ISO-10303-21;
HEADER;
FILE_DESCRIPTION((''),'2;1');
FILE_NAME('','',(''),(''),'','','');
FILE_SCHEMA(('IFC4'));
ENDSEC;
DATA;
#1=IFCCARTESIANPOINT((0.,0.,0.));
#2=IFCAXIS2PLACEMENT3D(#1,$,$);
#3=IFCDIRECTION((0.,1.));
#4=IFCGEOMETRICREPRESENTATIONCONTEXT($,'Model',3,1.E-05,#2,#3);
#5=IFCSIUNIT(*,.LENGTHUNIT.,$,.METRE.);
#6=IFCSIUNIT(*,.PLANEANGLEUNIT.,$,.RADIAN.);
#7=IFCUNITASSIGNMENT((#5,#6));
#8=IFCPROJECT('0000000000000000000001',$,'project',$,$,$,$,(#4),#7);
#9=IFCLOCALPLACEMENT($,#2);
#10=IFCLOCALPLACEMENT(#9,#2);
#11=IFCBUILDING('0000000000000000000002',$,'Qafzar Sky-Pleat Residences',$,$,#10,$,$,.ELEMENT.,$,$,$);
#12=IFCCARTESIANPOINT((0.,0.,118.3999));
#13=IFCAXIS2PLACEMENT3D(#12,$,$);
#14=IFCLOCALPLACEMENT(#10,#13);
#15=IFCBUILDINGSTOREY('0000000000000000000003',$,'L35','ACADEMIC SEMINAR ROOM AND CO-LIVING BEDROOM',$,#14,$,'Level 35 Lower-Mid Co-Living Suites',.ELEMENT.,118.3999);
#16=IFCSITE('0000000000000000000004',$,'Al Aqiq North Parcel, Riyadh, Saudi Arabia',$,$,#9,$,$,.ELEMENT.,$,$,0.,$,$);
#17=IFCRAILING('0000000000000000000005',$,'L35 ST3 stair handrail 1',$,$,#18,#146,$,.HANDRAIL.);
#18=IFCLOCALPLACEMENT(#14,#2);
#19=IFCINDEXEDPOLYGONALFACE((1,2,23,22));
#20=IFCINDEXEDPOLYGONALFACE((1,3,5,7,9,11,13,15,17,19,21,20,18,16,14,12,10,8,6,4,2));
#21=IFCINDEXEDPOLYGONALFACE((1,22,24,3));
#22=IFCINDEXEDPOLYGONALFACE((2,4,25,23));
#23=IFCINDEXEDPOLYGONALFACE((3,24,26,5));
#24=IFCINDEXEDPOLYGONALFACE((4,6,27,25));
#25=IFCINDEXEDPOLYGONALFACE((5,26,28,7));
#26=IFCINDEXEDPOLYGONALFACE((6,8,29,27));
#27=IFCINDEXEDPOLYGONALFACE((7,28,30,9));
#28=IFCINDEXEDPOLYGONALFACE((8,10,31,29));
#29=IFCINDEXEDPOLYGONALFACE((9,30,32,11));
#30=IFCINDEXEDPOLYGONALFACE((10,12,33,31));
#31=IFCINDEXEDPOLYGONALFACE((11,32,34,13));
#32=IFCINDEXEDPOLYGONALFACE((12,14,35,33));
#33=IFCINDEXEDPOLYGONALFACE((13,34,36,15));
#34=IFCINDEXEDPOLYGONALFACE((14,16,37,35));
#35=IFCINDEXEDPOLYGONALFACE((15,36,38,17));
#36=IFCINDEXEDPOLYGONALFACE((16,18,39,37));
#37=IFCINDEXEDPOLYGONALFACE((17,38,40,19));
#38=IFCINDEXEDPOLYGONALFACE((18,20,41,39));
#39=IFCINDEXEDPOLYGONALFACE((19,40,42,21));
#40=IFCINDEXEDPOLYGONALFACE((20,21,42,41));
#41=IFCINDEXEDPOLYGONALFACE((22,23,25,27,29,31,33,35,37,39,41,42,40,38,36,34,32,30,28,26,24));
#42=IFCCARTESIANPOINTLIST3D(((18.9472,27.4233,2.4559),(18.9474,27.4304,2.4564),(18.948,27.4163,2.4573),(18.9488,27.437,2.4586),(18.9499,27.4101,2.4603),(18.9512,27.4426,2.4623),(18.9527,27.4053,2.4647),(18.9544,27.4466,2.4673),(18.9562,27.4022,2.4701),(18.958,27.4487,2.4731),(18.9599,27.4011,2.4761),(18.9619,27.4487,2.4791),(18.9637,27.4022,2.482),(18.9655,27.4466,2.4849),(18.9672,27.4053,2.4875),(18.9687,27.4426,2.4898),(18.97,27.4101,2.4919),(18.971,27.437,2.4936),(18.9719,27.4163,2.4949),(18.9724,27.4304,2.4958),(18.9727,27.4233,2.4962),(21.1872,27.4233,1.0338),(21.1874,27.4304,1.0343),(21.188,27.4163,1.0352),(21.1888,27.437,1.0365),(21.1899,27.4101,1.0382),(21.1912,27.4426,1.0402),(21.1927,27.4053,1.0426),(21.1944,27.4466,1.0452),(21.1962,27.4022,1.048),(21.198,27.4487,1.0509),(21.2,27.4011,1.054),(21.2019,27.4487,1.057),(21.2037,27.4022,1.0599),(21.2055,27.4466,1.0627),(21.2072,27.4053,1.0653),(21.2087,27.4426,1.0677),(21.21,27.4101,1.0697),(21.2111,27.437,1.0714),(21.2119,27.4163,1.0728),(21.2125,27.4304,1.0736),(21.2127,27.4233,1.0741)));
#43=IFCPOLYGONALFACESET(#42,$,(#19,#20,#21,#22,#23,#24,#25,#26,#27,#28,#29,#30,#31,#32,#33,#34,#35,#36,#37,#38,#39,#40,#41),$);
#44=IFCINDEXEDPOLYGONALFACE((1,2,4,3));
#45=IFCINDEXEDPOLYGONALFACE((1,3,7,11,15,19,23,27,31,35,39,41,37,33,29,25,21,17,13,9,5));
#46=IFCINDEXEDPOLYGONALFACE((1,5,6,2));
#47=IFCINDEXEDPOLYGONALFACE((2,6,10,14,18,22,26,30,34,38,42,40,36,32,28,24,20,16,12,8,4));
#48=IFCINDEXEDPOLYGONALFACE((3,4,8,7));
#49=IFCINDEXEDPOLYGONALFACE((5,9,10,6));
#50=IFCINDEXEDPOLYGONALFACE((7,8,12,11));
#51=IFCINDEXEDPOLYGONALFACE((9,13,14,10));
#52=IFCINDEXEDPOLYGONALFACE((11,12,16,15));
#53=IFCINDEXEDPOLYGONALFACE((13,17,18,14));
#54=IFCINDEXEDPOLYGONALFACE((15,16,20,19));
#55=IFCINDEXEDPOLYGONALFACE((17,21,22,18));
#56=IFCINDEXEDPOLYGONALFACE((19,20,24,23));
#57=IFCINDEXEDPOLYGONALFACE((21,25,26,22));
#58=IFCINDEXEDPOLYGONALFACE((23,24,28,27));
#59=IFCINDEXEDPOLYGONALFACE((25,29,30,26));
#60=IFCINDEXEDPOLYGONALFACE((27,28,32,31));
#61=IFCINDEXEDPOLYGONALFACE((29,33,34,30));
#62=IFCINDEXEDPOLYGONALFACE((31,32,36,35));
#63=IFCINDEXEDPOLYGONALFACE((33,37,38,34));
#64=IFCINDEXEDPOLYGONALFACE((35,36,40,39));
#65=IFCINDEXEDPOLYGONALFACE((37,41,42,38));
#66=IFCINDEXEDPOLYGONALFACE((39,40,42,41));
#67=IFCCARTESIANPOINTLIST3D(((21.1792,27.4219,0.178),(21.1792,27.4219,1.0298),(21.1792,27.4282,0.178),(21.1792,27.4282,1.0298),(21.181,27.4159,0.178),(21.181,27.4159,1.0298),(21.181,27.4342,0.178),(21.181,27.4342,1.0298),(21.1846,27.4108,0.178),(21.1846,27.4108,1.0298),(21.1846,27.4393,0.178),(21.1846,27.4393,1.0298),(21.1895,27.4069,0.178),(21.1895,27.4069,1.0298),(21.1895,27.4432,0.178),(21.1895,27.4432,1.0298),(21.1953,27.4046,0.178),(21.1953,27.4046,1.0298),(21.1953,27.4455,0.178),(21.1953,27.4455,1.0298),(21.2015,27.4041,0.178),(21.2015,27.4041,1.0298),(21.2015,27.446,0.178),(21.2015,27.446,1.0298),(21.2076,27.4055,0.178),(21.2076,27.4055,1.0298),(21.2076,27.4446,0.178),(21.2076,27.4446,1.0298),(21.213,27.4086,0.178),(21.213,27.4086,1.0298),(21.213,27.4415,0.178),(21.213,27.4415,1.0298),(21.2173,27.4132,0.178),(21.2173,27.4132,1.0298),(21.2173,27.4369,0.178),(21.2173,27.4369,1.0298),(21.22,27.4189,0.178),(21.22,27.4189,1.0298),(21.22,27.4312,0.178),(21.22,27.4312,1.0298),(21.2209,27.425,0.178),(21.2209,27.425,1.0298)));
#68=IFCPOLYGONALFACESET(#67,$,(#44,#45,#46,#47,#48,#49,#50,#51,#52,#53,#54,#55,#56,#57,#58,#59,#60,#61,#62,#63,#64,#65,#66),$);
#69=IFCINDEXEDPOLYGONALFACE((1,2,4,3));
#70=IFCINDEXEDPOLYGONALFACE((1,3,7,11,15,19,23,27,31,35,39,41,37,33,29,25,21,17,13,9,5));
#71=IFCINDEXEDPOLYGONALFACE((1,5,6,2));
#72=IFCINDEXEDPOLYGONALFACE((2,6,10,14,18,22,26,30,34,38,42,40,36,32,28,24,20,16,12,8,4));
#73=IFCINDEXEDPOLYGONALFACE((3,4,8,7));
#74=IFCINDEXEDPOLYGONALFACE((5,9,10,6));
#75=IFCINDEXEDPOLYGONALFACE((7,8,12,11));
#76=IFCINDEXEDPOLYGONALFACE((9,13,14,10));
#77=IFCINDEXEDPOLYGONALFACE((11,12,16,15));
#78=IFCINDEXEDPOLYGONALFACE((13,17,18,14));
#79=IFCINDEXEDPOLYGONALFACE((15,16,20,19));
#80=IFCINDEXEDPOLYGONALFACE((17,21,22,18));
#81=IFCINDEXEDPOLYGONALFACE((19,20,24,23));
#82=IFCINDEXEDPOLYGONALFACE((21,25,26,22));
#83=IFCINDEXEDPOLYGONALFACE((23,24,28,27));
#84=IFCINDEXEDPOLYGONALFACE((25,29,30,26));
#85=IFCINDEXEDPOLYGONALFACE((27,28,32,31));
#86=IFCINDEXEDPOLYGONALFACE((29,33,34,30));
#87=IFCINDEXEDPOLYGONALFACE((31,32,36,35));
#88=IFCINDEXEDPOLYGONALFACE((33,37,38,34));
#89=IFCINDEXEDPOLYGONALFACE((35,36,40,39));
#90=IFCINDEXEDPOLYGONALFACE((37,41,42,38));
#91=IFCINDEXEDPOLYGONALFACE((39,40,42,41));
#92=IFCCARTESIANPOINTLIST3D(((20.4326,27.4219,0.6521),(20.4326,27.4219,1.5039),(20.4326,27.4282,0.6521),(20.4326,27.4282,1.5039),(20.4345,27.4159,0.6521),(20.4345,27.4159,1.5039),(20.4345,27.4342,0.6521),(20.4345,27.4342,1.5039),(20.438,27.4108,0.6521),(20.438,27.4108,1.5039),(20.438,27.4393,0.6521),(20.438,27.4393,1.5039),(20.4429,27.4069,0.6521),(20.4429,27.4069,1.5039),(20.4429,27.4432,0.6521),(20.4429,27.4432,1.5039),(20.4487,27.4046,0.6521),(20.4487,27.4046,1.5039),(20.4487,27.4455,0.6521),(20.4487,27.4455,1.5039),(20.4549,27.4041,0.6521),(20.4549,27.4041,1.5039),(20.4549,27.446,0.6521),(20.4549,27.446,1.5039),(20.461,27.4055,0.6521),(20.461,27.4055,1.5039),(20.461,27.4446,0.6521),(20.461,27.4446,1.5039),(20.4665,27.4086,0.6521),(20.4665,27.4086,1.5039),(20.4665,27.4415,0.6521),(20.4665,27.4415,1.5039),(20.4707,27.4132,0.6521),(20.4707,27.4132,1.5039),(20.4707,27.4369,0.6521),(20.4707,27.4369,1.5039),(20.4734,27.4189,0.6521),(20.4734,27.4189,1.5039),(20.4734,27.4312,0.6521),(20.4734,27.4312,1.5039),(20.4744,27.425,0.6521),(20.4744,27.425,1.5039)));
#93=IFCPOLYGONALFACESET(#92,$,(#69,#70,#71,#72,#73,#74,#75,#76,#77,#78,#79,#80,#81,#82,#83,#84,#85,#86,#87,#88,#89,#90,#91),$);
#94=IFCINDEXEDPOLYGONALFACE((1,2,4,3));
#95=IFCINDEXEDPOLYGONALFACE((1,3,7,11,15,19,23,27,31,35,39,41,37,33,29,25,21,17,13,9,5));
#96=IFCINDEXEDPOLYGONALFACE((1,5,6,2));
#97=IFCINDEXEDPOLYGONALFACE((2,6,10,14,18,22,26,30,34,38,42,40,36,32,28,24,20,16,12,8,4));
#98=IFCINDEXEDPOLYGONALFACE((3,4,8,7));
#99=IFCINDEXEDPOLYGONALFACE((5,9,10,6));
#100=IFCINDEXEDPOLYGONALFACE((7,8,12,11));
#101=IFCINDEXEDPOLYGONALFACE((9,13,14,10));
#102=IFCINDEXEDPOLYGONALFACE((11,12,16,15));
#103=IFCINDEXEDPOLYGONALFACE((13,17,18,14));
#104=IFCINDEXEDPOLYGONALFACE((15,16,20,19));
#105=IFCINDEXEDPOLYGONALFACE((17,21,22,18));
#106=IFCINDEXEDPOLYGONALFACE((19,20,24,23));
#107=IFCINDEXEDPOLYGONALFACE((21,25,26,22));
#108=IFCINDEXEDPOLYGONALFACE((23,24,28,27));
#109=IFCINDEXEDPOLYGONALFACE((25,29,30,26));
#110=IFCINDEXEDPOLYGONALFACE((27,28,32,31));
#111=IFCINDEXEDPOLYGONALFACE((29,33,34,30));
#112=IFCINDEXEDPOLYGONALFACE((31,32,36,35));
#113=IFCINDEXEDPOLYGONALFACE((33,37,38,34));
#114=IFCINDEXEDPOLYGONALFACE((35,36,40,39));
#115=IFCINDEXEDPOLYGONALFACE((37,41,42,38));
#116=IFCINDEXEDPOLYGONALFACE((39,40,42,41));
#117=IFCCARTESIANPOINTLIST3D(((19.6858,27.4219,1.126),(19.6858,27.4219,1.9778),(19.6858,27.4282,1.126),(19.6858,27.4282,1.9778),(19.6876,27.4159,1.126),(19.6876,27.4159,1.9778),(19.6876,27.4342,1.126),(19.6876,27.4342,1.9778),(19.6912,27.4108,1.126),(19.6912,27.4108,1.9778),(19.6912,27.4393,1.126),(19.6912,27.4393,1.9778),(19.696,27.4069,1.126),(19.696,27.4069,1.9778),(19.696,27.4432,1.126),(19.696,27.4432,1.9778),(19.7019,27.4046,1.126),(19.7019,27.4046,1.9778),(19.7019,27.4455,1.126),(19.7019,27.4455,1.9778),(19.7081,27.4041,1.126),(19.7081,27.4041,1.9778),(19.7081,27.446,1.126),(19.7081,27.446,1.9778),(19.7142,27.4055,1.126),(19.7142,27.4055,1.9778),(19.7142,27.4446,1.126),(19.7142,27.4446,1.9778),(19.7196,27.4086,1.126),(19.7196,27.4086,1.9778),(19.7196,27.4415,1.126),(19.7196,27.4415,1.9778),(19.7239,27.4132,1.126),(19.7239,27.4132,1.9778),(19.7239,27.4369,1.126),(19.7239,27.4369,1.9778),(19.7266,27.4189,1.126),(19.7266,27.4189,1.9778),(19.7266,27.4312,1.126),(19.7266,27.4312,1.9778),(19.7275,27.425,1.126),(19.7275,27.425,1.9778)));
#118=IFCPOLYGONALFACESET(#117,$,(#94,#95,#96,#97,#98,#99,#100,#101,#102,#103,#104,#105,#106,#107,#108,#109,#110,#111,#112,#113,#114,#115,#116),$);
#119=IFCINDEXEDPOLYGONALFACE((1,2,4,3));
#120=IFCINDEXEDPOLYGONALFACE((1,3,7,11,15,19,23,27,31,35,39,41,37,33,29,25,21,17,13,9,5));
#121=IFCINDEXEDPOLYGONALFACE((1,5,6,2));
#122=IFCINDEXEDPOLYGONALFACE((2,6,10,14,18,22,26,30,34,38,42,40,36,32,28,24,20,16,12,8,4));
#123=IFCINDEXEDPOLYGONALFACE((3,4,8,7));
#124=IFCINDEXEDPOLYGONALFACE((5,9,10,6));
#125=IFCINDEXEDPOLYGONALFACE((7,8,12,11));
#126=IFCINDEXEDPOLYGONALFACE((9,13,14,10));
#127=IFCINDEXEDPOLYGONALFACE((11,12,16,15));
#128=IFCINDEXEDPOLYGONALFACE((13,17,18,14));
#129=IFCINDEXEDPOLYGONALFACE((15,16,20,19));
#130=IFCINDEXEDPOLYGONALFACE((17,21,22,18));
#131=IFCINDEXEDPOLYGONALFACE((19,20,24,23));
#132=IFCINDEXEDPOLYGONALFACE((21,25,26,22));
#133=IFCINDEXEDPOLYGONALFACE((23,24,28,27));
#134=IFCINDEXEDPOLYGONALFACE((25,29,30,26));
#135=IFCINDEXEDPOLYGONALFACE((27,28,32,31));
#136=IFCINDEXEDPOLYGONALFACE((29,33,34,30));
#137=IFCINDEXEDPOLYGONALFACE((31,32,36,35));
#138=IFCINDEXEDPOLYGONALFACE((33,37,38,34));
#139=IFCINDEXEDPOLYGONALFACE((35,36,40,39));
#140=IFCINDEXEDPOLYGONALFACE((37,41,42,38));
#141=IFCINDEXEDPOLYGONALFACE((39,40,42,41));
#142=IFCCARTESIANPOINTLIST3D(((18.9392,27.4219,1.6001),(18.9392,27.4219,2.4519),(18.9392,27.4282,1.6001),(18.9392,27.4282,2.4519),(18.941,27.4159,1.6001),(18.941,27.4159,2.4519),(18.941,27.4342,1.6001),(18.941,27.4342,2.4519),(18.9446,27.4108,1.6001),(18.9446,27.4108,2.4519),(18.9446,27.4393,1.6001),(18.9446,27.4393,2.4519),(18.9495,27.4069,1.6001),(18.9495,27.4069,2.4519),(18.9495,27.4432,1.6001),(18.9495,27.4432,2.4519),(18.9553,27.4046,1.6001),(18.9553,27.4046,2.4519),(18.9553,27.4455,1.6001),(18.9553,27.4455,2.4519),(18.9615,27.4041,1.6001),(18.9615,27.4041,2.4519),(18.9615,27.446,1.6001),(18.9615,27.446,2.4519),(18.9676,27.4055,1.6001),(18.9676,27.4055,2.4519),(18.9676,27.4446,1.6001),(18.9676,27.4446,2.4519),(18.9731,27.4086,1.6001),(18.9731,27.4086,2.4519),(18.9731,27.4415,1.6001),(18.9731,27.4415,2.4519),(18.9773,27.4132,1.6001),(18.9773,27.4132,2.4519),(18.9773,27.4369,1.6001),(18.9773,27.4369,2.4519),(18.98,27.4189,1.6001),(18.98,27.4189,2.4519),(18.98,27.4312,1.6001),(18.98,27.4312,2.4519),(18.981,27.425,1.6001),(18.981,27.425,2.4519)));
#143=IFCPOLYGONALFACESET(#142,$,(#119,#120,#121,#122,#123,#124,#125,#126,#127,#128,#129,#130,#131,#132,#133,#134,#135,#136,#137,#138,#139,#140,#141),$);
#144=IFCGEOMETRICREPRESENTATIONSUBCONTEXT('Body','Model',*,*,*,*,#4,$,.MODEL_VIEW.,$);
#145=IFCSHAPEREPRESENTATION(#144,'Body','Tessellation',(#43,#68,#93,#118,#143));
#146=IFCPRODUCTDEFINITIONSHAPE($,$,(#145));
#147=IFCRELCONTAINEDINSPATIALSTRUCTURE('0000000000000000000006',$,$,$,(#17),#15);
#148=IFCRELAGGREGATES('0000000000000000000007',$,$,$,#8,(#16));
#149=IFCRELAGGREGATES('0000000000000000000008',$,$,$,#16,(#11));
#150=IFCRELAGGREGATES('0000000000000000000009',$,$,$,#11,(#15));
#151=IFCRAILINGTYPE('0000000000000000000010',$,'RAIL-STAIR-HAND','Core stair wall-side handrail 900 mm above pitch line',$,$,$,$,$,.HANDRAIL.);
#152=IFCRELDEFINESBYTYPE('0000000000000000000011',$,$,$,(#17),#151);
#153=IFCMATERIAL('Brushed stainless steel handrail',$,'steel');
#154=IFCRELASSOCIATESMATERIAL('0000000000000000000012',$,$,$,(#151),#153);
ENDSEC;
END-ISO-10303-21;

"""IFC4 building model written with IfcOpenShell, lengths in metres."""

from ifc_helpers import new_model, si_unit, direction, frame, origin, origin_2d, place, context, subcontext, project, spatial, circle, extrude, source, transform, mapped, material, type_object, element, save


model = new_model("IFC4")

# Units and contexts
model_context = context("Model", 3, precision=1e-05, world=origin(), true_north=direction((0.0, 1.0)))
body_context = subcontext(model_context, "Body", "Model", "MODEL_VIEW")
ifc_project = project(units=[si_unit("LENGTHUNIT", "METRE"), si_unit("PLANEANGLEUNIT", "RADIAN")], contexts=[model_context])

# Site, building, storey
site_placement = place(None, origin())
site = spatial("IfcSite", under=ifc_project, at=site_placement, Name="Al Aqiq North Parcel, Riyadh, Saudi Arabia", CompositionType="ELEMENT", RefElevation=0.0)
building_placement = place(site_placement, origin())
building = spatial("IfcBuilding", under=site, at=building_placement, Name="Qafzar Sky-Pleat Residences", CompositionType="ELEMENT")
storey_placement = place(building_placement, frame((0.0, 0.0, 118.3999)))
storey = spatial("IfcBuildingStorey", under=building, at=storey_placement, Name="L35", Description="ACADEMIC SEMINAR ROOM AND CO-LIVING BEDROOM", LongName="Level 35 Lower-Mid Co-Living Suites", CompositionType="ELEMENT", Elevation=118.3999)

# Railing
ifc_material_1 = material(Name="Brushed stainless steel handrail", Category="steel")
railing_type_1 = type_object("IfcRailingType", Name="RAIL-STAIR-HAND", Description="Core stair wall-side handrail 900 mm above pitch line", PredefinedType="HANDRAIL", material=ifc_material_1)
shared_shape_1 = source(origin(), body_context, "Body", "SweptSolid", [
    extrude(circle(Radius=0.0239, at=origin_2d()), frame((0.0, 0.0, 0.876), z_axis=(-0.844229, 0.0, 0.535982), x_axis=(0.0, -1.0, 0.0)), (0.0, 0.0, 1.0), 2.6533),
    extrude(circle(Radius=0.021, at=origin_2d()), origin(), (0.0, 0.0, 1.0), 0.8518),
    extrude(circle(Radius=0.021, at=origin_2d()), frame((-0.7466, 0.0, 0.4741)), (0.0, 0.0, 1.0), 0.8518),
    extrude(circle(Radius=0.021, at=origin_2d()), frame((-1.4934, 0.0, 0.948)), (0.0, 0.0, 1.0), 0.8518),
    extrude(circle(Radius=0.021, at=origin_2d()), frame((-2.24, 0.0, 1.4221)), (0.0, 0.0, 1.0), 0.8518),
])
railing_1_placement = place(storey_placement, frame((21.2, 27.425, 0.178)))
element("IfcRailing", 1, at=railing_1_placement, inside=storey, type_object=railing_type_1, Name="L35 ST3 stair handrail 1", PredefinedType="HANDRAIL", context=body_context, shape_type="MappedRepresentation", body=[
    mapped(shared_shape_1, transform((0.0, 0.0, 0.0), x_axis=(1.0, 0.0, 0.0), y_axis=(0.0, 1.0, 0.0), z_axis=(0.0, 0.0, 1.0), scale=1.0)),
])

save(model, "model.ifc")
